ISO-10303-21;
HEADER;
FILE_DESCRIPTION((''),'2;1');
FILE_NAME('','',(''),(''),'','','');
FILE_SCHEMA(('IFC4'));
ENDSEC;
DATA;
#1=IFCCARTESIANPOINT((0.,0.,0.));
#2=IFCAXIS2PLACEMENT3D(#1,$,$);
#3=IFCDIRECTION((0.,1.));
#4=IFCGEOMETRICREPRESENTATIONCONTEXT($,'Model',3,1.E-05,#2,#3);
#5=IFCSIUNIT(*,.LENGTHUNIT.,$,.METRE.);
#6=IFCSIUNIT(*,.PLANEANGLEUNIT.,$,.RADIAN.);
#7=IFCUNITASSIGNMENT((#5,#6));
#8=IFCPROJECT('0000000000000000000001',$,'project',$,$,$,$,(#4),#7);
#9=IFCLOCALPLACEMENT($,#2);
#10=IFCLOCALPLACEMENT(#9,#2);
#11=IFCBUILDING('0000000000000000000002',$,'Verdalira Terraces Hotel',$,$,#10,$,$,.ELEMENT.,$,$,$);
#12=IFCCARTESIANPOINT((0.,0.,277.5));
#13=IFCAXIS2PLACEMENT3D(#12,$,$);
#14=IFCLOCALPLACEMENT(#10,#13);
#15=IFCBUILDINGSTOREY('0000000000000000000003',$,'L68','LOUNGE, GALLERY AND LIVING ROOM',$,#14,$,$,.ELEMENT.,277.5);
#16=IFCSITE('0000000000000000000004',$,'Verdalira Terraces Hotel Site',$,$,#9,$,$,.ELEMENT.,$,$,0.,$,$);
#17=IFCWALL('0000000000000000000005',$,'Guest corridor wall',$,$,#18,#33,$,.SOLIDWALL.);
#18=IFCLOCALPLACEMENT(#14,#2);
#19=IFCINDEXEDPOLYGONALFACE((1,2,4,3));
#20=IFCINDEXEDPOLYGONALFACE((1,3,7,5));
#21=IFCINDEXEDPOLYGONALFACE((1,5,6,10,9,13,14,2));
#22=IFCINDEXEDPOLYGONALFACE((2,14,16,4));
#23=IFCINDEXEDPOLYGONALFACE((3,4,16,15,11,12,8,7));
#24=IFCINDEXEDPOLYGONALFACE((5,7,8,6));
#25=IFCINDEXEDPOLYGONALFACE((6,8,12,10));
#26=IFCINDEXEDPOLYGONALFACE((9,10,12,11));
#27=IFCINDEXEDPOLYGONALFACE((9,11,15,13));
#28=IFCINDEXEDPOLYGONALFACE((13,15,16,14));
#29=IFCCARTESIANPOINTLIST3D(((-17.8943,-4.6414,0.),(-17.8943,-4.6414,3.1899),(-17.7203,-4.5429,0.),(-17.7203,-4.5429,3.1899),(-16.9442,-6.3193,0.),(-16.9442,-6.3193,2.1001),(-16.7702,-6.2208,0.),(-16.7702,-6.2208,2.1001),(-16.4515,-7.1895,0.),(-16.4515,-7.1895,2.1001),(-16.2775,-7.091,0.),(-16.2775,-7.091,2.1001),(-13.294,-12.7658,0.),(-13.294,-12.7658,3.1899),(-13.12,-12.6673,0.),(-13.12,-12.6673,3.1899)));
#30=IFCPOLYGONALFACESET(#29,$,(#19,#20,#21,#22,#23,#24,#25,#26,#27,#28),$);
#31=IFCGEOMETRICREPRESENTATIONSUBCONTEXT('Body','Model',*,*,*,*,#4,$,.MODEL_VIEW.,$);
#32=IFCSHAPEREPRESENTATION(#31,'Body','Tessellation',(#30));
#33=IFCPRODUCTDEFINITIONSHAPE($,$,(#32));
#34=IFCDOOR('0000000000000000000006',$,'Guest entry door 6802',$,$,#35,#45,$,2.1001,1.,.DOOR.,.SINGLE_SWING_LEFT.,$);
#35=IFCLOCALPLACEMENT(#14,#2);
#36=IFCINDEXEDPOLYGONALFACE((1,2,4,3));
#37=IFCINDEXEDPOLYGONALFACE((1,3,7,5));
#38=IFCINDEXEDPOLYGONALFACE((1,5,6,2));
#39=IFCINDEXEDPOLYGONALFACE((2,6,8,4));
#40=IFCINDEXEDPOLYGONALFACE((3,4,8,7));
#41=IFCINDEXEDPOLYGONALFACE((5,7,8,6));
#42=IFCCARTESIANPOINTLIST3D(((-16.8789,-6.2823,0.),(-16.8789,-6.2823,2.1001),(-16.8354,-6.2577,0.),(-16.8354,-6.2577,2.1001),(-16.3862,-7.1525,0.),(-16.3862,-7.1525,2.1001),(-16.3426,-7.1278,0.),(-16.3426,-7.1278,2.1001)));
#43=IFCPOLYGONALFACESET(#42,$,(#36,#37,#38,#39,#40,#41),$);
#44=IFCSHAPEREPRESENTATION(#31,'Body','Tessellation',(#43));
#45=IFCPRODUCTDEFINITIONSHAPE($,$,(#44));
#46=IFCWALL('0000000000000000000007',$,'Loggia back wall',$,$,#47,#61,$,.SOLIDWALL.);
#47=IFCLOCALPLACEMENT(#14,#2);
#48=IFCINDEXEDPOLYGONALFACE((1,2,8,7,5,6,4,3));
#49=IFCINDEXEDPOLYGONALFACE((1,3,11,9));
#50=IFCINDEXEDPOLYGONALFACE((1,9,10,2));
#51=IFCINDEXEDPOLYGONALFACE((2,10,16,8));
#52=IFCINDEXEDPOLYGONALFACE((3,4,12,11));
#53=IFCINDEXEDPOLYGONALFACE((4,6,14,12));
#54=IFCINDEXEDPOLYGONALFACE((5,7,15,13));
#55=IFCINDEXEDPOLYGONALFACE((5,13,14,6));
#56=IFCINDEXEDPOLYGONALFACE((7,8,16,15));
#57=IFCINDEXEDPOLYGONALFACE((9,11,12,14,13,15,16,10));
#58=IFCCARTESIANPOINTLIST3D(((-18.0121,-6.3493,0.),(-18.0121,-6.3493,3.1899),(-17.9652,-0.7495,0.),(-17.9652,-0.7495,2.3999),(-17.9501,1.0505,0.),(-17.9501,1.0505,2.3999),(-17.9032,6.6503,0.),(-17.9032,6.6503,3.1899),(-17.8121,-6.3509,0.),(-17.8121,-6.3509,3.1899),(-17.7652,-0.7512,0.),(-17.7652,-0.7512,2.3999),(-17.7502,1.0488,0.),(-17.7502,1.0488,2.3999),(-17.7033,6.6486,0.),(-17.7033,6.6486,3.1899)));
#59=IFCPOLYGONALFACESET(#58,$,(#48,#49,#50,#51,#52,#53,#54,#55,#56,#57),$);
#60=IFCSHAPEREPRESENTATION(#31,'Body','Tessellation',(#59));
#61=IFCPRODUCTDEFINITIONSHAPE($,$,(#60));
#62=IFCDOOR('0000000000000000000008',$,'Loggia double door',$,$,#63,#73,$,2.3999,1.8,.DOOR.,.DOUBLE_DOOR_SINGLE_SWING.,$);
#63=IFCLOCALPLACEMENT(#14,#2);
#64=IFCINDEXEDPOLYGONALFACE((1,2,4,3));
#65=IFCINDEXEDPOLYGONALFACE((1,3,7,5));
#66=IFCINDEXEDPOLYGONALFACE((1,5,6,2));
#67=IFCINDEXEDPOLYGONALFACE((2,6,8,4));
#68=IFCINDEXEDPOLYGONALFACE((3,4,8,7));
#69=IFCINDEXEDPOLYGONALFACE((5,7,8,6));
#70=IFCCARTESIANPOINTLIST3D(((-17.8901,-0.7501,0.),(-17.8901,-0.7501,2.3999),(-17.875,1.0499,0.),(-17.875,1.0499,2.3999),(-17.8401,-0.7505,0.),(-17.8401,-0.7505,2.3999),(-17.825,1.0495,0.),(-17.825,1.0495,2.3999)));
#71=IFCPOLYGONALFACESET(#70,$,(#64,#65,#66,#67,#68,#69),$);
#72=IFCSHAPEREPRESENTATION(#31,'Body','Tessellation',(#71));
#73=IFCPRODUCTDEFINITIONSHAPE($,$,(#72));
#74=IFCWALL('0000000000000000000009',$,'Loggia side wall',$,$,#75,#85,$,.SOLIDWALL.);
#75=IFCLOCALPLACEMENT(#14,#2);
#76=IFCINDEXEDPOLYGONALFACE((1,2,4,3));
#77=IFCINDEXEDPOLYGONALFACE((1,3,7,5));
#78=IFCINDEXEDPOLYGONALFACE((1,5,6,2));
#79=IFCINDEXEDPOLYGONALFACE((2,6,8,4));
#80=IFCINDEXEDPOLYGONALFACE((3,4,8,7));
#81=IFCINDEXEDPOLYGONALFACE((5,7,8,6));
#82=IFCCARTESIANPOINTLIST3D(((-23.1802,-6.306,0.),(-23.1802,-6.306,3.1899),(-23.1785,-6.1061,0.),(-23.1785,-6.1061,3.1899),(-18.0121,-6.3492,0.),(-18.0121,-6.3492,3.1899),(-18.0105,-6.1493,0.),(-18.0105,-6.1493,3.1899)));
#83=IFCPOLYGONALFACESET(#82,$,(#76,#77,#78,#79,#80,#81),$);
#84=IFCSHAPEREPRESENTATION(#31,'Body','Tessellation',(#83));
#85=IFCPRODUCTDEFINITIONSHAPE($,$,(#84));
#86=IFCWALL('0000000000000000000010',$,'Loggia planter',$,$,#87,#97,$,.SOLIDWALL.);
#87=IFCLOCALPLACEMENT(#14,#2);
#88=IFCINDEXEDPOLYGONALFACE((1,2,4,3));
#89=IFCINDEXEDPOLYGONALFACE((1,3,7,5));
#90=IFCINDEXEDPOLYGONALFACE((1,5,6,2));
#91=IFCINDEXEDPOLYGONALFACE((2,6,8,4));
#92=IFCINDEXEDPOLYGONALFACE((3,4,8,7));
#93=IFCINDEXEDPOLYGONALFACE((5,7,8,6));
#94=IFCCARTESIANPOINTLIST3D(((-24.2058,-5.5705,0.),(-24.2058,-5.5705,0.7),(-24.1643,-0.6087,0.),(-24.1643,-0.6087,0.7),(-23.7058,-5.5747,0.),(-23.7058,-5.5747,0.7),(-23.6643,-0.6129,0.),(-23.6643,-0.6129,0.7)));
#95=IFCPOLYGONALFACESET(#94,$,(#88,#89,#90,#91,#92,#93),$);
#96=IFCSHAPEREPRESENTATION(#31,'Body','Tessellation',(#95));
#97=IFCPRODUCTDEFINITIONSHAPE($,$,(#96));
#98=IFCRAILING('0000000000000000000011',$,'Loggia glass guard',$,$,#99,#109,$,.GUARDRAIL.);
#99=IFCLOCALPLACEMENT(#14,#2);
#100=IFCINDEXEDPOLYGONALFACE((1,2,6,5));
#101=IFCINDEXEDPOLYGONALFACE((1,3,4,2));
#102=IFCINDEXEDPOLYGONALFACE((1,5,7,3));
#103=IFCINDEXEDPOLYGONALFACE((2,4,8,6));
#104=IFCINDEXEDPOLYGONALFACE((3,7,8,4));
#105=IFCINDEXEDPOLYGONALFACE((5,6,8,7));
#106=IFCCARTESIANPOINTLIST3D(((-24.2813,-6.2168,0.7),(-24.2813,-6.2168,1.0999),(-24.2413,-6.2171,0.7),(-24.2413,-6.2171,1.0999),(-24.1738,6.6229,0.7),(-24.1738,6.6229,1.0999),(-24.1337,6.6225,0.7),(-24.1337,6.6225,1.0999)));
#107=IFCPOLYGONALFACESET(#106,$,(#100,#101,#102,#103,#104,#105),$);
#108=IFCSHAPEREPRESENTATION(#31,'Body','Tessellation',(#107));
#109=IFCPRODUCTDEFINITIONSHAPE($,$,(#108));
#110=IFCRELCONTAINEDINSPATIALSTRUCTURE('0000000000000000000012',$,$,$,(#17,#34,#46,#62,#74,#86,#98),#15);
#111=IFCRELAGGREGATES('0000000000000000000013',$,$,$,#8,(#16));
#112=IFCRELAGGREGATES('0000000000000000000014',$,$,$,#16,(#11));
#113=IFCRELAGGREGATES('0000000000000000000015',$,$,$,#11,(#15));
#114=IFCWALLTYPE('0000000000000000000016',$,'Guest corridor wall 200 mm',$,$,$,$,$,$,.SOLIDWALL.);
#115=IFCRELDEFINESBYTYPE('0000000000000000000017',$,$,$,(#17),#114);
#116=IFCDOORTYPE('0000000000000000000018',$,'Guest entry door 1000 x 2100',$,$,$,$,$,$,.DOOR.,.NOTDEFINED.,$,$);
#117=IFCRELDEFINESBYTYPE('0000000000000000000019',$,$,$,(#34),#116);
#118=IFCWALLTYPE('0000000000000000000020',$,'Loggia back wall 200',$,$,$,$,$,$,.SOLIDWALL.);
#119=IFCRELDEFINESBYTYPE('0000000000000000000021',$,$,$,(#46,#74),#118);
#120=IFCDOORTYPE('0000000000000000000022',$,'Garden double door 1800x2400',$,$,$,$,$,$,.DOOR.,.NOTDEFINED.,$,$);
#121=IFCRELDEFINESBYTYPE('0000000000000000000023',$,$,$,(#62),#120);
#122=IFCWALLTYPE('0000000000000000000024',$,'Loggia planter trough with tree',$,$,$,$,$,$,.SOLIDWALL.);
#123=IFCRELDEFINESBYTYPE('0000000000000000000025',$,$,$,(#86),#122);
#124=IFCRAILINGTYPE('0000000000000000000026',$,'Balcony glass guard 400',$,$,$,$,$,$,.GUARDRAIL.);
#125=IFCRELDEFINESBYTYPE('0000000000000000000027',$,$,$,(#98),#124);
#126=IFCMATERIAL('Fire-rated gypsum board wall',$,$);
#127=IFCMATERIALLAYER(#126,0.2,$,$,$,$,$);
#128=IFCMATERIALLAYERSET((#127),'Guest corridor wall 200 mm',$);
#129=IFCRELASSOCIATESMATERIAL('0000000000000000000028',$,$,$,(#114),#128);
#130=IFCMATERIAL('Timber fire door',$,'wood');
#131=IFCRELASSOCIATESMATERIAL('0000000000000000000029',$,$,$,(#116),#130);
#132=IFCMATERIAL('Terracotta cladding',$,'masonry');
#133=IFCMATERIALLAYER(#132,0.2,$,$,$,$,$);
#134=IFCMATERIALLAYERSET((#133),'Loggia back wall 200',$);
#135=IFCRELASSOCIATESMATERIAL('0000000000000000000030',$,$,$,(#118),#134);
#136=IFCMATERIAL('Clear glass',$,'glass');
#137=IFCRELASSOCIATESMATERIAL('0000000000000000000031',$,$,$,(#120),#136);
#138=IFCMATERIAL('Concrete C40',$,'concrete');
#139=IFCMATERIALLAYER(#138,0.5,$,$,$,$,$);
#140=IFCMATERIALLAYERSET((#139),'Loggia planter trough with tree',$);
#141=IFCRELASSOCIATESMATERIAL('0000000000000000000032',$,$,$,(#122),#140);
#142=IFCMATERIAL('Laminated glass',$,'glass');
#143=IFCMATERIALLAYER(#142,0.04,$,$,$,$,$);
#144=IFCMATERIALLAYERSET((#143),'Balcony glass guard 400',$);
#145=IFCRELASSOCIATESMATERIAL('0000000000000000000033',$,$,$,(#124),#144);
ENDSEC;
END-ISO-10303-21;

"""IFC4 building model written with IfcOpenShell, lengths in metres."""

from ifc_helpers import new_model, si_unit, direction, frame, frame_2d, origin, origin_2d, place, context, subcontext, project, spatial, rectangle, extrude, material, layer, layer_set, type_object, element, fill, save


model = new_model("IFC4")

# Units and contexts
model_context = context("Model", 3, precision=1e-05, world=origin(), true_north=direction((0.0, 1.0)))
body_context = subcontext(model_context, "Body", "Model", "MODEL_VIEW")
ifc_project = project(units=[si_unit("LENGTHUNIT", "METRE"), si_unit("PLANEANGLEUNIT", "RADIAN")], contexts=[model_context])

# Site, building, storey
site_placement = place(None, origin())
site = spatial("IfcSite", under=ifc_project, at=site_placement, Name="Verdalira Terraces Hotel Site", CompositionType="ELEMENT", RefElevation=0.0)
building_placement = place(site_placement, origin())
building = spatial("IfcBuilding", under=site, at=building_placement, Name="Verdalira Terraces Hotel", CompositionType="ELEMENT")
storey_placement = place(building_placement, frame((0.0, 0.0, 277.5)))
storey = spatial("IfcBuildingStorey", under=building, at=storey_placement, Name="L68", Description="LOUNGE, GALLERY AND LIVING ROOM", CompositionType="ELEMENT", Elevation=277.5)

# Walls, openings, doors
ifc_material_1 = material(Name="Fire-rated gypsum board wall")
ifc_layer_1 = layer(ifc_material_1, 0.2)
ifc_layer_set_1 = layer_set([ifc_layer_1], Name="Guest corridor wall 200 mm")
wall_type_1 = type_object("IfcWallType", Name="Guest corridor wall 200 mm", PredefinedType="SOLIDWALL", material=ifc_layer_set_1)
wall_1_placement = place(storey_placement, frame((-13.207, -12.7166, 0.0), z_axis=(0.0, 0.0, 1.0), x_axis=(-0.492725, 0.870185, 0.0)))
wall_1 = element("IfcWall", 1, at=wall_1_placement, inside=storey, type_object=wall_type_1, Name="Guest corridor wall", PredefinedType="SOLIDWALL", context=body_context, shape_type="SweptSolid", body=[
    extrude(rectangle(XDim=9.3364, YDim=0.2, at=frame_2d((4.6682, 0.0))), origin(), (0.0, 0.0, 1.0), 3.1899),
])
opening_1_placement = place(wall_1_placement, frame((6.4082, 0.0, 0.0)))
opening_1 = element("IfcOpeningElement", 2, at=opening_1_placement, cuts=wall_1, PredefinedType="OPENING", context=body_context, shape_type="SweptSolid", body=[
    extrude(rectangle(XDim=1.0, YDim=2.1001, at=frame_2d((0.5, 1.05))), frame((0.0, 0.1099, 0.0), z_axis=(0.0, -1.0, 0.0), x_axis=(1.0, 0.0, 0.0)), (0.0, 0.0, 1.0), 0.22),
])
ifc_material_2 = material(Name="Timber fire door", Category="wood")
door_type_1 = type_object("IfcDoorType", Name="Guest entry door 1000 x 2100", OperationType="NOTDEFINED", PredefinedType="DOOR", material=ifc_material_2)
door_1_placement = place(opening_1_placement, origin())
door_1 = element("IfcDoor", 3, at=door_1_placement, inside=storey, type_object=door_type_1, Name="Guest entry door 6802", OperationType="SINGLE_SWING_LEFT", OverallHeight=2.1001, OverallWidth=1.0, PredefinedType="DOOR", context=body_context, shape_type="SweptSolid", body=[
    extrude(rectangle(XDim=1.0, YDim=2.1001, at=frame_2d((0.5, 1.05))), frame((0.0, 0.0249, 0.0), z_axis=(0.0, -1.0, 0.0), x_axis=(1.0, 0.0, 0.0)), (0.0, 0.0, 1.0), 0.05),
])
fill(opening_1, door_1)
ifc_material_3 = material(Name="Terracotta cladding", Category="masonry")
ifc_layer_2 = layer(ifc_material_3, 0.2)
ifc_layer_set_2 = layer_set([ifc_layer_2], Name="Loggia back wall 200")
wall_type_2 = type_object("IfcWallType", Name="Loggia back wall 200", PredefinedType="SOLIDWALL", material=ifc_layer_set_2)
wall_2_placement = place(storey_placement, frame((-17.9121, -6.3501, 0.0), z_axis=(0.0, 0.0, 1.0), x_axis=(0.008376, 0.999965, 0.0)))
wall_2 = element("IfcWall", 4, at=wall_2_placement, inside=storey, type_object=wall_type_2, Name="Loggia back wall", PredefinedType="SOLIDWALL", context=body_context, shape_type="SweptSolid", body=[
    extrude(rectangle(XDim=13.0, YDim=0.2, at=frame_2d((6.5, 0.0))), origin(), (0.0, 0.0, 1.0), 3.1899),
])
opening_2_placement = place(wall_2_placement, frame((5.6001, 0.0, 0.0)))
opening_2 = element("IfcOpeningElement", 5, at=opening_2_placement, cuts=wall_2, PredefinedType="OPENING", context=body_context, shape_type="SweptSolid", body=[
    extrude(rectangle(XDim=1.8, YDim=2.3999, at=frame_2d((0.8999, 1.2))), frame((0.0, 0.1099, 0.0), z_axis=(0.0, -1.0, 0.0), x_axis=(1.0, 0.0, 0.0)), (0.0, 0.0, 1.0), 0.22),
])
ifc_material_4 = material(Name="Clear glass", Category="glass")
door_type_2 = type_object("IfcDoorType", Name="Garden double door 1800x2400", OperationType="NOTDEFINED", PredefinedType="DOOR", material=ifc_material_4)
door_2_placement = place(opening_2_placement, origin())
door_2 = element("IfcDoor", 6, at=door_2_placement, inside=storey, type_object=door_type_2, Name="Loggia double door", OperationType="DOUBLE_DOOR_SINGLE_SWING", OverallHeight=2.3999, OverallWidth=1.8, PredefinedType="DOOR", context=body_context, shape_type="SweptSolid", body=[
    extrude(rectangle(XDim=1.8, YDim=2.3999, at=frame_2d((0.8999, 1.2))), frame((0.0, 0.0249, 0.0), z_axis=(0.0, -1.0, 0.0), x_axis=(1.0, 0.0, 0.0)), (0.0, 0.0, 1.0), 0.05),
])
fill(opening_2, door_2)

# Walls
wall_3_placement = place(storey_placement, frame((-23.1792, -6.2061, 0.0), z_axis=(0.0, 0.0, 1.0), x_axis=(0.999965, -0.008361, 0.0)))
element("IfcWall", 7, at=wall_3_placement, inside=storey, type_object=wall_type_2, Name="Loggia side wall", PredefinedType="SOLIDWALL", context=body_context, shape_type="SweptSolid", body=[
    extrude(rectangle(XDim=5.1682, YDim=0.2, at=frame_2d((2.584, 0.0))), origin(), (0.0, 0.0, 1.0), 3.1899),
])
ifc_material_5 = material(Name="Concrete C40", Category="concrete")
ifc_layer_3 = layer(ifc_material_5, 0.5)
ifc_layer_set_3 = layer_set([ifc_layer_3], Name="Loggia planter trough with tree")
wall_type_3 = type_object("IfcWallType", Name="Loggia planter trough with tree", PredefinedType="SOLIDWALL", material=ifc_layer_set_3)
wall_4_placement = place(storey_placement, frame((-23.9143, -0.6108, 0.0), z_axis=(0.0, 0.0, 1.0), x_axis=(-0.008365, -0.999965, 0.0)))
element("IfcWall", 8, at=wall_4_placement, inside=storey, type_object=wall_type_3, Name="Loggia planter", PredefinedType="SOLIDWALL", context=body_context, shape_type="SweptSolid", body=[
    extrude(rectangle(XDim=4.9619, YDim=0.5, at=frame_2d((2.481, 0.0))), origin(), (0.0, 0.0, 1.0), 0.7),
])

# Railing
ifc_material_6 = material(Name="Laminated glass", Category="glass")
ifc_layer_4 = layer(ifc_material_6, 0.04)
ifc_layer_set_4 = layer_set([ifc_layer_4], Name="Balcony glass guard 400")
railing_type = type_object("IfcRailingType", Name="Balcony glass guard 400", PredefinedType="GUARDRAIL", material=ifc_layer_set_4)
railing_placement = place(storey_placement, frame((-24.2075, 0.2029, 0.7), z_axis=(0.0, 0.0, 1.0), x_axis=(-0.008377, -0.999965, 0.0)))
element("IfcRailing", 9, at=railing_placement, inside=storey, type_object=railing_type, Name="Loggia glass guard", PredefinedType="GUARDRAIL", context=body_context, shape_type="SweptSolid", body=[
    extrude(rectangle(XDim=12.8401, YDim=0.04, at=origin_2d()), origin(), (0.0, 0.0, 1.0), 0.3999),
])

save(model, "model.ifc")
